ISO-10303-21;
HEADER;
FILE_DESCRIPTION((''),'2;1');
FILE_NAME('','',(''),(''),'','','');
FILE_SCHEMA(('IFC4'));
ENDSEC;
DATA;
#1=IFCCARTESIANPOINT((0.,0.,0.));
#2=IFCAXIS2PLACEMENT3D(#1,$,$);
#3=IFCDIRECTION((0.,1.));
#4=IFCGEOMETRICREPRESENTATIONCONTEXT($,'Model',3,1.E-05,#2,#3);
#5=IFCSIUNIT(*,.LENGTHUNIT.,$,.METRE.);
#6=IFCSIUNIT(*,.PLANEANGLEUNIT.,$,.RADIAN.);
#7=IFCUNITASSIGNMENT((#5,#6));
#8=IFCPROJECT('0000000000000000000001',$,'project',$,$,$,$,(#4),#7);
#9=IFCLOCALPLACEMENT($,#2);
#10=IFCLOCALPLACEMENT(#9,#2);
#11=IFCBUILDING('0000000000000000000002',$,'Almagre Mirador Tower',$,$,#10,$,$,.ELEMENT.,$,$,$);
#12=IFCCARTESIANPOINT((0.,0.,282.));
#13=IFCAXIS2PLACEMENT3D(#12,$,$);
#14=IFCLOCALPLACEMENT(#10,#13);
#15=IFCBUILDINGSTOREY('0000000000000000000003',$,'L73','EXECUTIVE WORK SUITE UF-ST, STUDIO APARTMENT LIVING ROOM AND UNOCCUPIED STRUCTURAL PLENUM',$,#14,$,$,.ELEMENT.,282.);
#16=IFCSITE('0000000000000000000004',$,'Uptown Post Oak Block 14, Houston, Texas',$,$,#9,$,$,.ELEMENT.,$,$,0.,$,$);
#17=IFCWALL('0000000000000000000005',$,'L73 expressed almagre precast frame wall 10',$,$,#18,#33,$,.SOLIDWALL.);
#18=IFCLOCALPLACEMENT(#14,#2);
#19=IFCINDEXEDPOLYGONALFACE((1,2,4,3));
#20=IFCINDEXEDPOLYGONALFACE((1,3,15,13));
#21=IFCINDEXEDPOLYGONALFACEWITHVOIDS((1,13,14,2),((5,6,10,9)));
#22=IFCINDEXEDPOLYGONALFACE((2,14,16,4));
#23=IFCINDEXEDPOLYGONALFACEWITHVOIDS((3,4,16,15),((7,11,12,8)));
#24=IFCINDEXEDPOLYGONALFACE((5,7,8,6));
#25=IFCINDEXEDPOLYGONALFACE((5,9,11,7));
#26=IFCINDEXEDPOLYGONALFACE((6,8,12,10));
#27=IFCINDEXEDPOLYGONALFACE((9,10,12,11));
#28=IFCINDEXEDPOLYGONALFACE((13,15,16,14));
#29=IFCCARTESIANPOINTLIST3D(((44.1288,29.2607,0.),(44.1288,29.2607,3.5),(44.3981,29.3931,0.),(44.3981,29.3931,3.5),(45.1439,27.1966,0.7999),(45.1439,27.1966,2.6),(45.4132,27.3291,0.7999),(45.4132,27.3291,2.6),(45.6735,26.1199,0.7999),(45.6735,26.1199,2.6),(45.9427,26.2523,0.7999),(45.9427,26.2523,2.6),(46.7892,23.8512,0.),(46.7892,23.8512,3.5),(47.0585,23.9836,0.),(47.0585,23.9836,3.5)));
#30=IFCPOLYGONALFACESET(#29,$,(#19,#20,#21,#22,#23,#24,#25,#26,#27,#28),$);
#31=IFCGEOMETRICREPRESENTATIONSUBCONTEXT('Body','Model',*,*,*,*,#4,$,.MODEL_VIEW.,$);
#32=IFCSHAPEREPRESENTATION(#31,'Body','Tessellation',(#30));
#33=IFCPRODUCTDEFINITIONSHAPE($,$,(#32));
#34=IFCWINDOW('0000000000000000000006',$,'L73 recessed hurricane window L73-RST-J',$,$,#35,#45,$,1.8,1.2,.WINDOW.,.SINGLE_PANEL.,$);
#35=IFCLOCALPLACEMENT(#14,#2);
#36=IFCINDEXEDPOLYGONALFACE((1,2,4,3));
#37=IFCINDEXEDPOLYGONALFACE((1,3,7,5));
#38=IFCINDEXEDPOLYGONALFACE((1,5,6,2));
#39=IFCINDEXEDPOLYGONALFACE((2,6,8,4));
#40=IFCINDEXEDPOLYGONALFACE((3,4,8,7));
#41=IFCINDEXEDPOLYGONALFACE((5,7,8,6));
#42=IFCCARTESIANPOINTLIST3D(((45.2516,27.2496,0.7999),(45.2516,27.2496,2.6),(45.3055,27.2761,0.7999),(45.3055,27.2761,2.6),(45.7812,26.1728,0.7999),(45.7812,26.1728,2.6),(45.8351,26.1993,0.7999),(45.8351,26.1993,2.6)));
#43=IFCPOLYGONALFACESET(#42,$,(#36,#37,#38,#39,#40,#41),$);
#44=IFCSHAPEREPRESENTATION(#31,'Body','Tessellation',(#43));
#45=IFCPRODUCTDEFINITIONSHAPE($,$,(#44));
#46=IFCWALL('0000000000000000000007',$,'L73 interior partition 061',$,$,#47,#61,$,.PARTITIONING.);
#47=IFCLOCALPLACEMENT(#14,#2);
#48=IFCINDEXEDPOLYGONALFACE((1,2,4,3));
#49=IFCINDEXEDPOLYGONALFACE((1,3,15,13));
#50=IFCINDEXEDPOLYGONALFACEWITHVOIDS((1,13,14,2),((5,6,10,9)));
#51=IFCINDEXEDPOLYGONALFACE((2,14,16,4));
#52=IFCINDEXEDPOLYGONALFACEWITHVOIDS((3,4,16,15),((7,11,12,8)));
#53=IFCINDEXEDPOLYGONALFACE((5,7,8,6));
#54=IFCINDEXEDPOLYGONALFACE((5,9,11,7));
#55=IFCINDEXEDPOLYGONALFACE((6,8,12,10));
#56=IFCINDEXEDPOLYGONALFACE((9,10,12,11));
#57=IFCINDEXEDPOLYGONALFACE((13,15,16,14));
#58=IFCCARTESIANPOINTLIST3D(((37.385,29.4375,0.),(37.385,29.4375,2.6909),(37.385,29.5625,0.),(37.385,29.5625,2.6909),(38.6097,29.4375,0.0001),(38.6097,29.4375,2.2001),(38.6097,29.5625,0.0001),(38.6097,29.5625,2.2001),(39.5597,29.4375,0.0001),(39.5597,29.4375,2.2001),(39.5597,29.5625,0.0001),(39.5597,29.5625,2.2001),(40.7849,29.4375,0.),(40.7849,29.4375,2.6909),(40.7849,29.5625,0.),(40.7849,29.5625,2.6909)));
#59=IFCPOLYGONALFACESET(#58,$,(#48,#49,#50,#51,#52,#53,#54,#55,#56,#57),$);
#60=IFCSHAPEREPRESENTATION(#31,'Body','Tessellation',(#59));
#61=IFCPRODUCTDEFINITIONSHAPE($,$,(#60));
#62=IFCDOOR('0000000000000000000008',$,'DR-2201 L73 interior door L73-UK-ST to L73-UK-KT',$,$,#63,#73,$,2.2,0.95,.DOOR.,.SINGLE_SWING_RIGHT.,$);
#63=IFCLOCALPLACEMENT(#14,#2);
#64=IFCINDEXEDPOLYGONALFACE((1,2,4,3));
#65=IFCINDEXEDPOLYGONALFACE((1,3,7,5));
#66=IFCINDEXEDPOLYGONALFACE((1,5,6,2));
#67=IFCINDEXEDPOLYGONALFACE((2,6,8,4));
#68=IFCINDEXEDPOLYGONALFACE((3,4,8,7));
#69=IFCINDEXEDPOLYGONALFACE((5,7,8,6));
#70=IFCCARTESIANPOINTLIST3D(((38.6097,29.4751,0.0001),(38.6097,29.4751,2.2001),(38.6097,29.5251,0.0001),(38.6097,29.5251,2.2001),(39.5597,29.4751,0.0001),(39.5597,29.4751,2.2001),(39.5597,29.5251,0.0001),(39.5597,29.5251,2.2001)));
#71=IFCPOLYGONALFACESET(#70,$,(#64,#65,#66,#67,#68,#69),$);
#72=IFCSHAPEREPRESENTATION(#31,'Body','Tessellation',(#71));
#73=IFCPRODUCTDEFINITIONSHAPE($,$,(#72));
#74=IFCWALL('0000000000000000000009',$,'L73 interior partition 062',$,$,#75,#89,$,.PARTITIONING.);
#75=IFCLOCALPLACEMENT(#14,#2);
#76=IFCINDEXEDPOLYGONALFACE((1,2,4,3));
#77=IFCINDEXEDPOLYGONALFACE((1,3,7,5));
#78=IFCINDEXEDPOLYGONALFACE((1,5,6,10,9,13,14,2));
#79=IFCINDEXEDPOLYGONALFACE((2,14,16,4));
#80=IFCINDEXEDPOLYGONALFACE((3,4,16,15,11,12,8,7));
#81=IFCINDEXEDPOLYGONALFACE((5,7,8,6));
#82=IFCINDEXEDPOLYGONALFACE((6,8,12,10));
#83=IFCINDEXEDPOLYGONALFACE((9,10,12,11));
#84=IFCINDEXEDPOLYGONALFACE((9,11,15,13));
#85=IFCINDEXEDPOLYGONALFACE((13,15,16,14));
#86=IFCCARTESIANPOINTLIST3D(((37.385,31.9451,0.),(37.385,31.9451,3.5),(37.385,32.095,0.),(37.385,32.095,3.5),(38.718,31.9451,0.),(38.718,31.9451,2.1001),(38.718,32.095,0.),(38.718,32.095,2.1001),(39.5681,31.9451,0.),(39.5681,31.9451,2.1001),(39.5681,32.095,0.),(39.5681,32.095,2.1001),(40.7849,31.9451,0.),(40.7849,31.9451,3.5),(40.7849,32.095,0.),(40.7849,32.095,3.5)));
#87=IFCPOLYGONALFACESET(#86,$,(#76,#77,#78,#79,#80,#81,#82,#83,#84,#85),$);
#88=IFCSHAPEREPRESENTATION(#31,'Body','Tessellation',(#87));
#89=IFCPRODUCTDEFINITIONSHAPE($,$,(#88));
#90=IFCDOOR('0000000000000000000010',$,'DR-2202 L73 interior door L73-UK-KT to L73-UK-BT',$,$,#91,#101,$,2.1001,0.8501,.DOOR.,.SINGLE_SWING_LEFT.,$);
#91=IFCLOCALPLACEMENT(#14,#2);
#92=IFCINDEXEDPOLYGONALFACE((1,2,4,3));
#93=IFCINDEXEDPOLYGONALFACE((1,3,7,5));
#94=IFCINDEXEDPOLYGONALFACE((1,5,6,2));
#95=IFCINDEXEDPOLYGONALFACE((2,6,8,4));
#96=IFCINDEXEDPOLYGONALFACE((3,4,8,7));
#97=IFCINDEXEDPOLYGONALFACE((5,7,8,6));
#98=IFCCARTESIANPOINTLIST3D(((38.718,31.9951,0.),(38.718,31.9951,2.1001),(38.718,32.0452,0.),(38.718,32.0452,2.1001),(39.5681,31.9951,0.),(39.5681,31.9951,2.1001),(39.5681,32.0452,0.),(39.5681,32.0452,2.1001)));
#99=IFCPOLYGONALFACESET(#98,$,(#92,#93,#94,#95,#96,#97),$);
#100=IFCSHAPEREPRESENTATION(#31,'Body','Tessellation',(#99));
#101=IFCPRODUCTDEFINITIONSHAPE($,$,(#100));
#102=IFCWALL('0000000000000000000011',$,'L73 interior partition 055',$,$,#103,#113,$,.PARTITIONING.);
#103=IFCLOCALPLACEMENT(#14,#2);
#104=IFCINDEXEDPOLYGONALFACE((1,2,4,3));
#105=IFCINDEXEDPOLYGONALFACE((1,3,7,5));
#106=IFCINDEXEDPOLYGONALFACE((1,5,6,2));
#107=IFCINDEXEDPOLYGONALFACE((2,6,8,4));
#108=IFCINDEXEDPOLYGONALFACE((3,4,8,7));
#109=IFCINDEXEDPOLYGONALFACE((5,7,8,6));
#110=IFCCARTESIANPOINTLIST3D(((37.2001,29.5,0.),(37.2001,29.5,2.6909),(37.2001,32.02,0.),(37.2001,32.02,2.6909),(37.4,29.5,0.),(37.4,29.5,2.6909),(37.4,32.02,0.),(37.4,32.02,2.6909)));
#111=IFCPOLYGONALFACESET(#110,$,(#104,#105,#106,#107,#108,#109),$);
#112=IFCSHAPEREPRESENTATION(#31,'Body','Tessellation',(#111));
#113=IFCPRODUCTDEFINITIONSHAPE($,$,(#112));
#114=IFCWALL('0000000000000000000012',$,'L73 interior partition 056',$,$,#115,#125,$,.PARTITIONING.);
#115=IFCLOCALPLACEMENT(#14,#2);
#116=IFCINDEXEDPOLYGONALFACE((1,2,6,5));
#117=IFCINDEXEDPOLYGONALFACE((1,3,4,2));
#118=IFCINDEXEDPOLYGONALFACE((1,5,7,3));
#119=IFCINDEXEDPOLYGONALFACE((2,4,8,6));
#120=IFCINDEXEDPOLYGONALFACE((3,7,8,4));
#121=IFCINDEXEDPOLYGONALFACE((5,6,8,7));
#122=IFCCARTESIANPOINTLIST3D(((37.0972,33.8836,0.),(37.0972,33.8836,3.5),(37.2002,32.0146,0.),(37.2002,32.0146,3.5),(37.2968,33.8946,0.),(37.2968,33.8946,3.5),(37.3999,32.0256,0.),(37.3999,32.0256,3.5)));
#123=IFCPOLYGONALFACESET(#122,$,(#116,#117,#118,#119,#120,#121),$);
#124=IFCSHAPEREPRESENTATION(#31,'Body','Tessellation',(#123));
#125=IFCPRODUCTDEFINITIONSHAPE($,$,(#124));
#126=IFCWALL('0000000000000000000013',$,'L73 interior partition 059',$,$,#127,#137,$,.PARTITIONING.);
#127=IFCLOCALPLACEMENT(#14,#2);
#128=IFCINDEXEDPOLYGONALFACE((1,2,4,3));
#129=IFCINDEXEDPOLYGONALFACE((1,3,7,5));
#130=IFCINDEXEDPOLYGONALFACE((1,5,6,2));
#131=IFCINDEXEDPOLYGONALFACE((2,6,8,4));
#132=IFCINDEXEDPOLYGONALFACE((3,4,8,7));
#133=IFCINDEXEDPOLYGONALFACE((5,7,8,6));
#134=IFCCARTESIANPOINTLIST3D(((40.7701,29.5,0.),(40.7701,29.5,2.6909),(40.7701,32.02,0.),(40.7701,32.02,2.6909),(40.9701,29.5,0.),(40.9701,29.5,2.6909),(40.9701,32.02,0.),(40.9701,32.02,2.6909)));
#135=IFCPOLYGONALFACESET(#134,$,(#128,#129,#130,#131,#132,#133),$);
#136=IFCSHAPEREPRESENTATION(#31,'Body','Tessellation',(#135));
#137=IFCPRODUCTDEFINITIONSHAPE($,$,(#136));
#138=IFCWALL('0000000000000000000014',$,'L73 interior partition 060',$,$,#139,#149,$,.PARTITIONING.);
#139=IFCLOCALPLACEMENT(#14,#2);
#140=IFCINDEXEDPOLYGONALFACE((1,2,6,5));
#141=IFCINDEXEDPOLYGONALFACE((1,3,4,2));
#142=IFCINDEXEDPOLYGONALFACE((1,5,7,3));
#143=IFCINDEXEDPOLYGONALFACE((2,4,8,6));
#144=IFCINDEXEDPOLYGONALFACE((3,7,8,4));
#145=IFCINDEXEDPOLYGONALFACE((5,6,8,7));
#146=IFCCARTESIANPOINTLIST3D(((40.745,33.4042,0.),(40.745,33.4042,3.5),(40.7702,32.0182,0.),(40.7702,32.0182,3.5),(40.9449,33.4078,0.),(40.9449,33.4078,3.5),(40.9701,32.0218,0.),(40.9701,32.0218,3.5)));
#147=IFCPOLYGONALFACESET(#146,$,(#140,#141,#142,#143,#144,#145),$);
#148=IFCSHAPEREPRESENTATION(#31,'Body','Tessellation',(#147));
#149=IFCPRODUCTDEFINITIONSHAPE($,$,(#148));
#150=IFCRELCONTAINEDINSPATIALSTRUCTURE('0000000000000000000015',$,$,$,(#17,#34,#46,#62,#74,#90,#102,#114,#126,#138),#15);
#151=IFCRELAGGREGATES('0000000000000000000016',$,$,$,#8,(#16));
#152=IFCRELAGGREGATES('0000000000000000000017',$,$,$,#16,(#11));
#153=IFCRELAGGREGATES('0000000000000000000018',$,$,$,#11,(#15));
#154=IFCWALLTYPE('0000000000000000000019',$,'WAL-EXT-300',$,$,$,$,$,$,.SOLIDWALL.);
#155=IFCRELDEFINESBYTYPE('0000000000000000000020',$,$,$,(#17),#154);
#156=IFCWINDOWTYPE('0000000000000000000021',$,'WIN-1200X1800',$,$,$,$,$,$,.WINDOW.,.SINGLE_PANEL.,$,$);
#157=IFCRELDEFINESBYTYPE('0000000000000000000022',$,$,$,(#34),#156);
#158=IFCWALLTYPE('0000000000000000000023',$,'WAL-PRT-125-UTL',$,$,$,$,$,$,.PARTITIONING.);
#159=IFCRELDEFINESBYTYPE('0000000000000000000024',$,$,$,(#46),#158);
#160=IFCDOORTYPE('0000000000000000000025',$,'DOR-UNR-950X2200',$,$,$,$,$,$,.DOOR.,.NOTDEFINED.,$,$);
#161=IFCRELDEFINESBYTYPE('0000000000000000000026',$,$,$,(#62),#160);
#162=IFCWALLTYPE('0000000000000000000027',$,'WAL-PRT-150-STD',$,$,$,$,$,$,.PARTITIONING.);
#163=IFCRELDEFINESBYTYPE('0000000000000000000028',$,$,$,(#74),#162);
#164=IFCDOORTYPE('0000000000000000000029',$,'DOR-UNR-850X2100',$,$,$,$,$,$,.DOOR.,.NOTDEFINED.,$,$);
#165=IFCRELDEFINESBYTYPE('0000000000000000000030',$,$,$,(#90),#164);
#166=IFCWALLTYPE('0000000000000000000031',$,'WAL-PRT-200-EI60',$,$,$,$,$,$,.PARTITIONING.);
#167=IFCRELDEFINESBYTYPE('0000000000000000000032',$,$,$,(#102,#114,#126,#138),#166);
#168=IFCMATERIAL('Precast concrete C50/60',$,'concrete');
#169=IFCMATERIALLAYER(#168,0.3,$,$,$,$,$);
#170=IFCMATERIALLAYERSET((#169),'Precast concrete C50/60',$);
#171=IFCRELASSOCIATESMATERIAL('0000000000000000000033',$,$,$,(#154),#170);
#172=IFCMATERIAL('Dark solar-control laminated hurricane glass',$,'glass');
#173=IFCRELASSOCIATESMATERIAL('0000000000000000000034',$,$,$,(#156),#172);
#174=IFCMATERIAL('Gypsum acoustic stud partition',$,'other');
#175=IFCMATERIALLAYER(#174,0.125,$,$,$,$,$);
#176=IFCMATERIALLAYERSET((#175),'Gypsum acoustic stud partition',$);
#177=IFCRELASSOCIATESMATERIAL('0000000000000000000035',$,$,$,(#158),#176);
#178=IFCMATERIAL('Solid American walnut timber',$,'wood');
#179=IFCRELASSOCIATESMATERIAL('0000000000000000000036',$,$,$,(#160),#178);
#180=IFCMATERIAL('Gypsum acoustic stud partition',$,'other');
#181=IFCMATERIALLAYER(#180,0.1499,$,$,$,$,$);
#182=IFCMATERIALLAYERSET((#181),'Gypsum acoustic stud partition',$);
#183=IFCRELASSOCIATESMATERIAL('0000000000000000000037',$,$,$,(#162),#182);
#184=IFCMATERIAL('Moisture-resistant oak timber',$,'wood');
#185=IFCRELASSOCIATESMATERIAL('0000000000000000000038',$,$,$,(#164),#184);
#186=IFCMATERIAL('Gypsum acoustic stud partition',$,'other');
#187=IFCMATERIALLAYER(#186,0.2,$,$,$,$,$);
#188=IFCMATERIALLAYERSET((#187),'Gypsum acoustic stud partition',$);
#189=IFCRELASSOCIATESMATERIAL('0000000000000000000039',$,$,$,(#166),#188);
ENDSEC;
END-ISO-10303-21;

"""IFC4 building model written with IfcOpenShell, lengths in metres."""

from ifc_helpers import new_model, si_unit, direction, frame, frame_2d, origin, place, context, subcontext, project, spatial, rectangle, extrude, material, layer, layer_set, type_object, element, fill, save


model = new_model("IFC4")

# Units and contexts
model_context = context("Model", 3, precision=1e-05, world=origin(), true_north=direction((0.0, 1.0)))
body_context = subcontext(model_context, "Body", "Model", "MODEL_VIEW")
ifc_project = project(units=[si_unit("LENGTHUNIT", "METRE"), si_unit("PLANEANGLEUNIT", "RADIAN")], contexts=[model_context])

# Site, building, storey
site_placement = place(None, origin())
site = spatial("IfcSite", under=ifc_project, at=site_placement, Name="Uptown Post Oak Block 14, Houston, Texas", CompositionType="ELEMENT", RefElevation=0.0)
building_placement = place(site_placement, origin())
building = spatial("IfcBuilding", under=site, at=building_placement, Name="Almagre Mirador Tower", CompositionType="ELEMENT")
storey_placement = place(building_placement, frame((0.0, 0.0, 282.0)))
storey = spatial("IfcBuildingStorey", under=building, at=storey_placement, Name="L73", Description="EXECUTIVE WORK SUITE UF-ST, STUDIO APARTMENT LIVING ROOM AND UNOCCUPIED STRUCTURAL PLENUM", CompositionType="ELEMENT", Elevation=282.0)

# Shared definitions
ifc_material_1 = material(Name="Precast concrete C50/60", Category="concrete")
ifc_layer_1 = layer(ifc_material_1, 0.3)
ifc_layer_set_1 = layer_set([ifc_layer_1], Name="Precast concrete C50/60")
wall_type_1 = type_object("IfcWallType", Name="WAL-EXT-300", PredefinedType="SOLIDWALL", material=ifc_layer_set_1)

# Shared definitions
ifc_material_2 = material(Name="Dark solar-control laminated hurricane glass", Category="glass")
window_type_1 = type_object("IfcWindowType", Name="WIN-1200X1800", PartitioningType="SINGLE_PANEL", PredefinedType="WINDOW", material=ifc_material_2)

# Wall, opening, window
wall_1_placement = place(storey_placement, frame((44.2634, 29.3269, 0.0), z_axis=(0.0, 0.0, 1.0), x_axis=(0.441323, -0.897348, 0.0)))
wall_1 = element("IfcWall", 1, at=wall_1_placement, inside=storey, type_object=wall_type_1, Name="L73 expressed almagre precast frame wall 10", PredefinedType="SOLIDWALL", context=body_context, shape_type="SweptSolid", body=[
    extrude(rectangle(XDim=6.0283, YDim=0.3, at=frame_2d((3.0142, 0.0))), origin(), (0.0, 0.0, 1.0), 3.5),
])
opening_1_placement = place(wall_1_placement, frame((2.3, 0.0, 0.8)))
opening_1 = element("IfcOpeningElement", 2, at=opening_1_placement, cuts=wall_1, PredefinedType="OPENING", context=body_context, shape_type="SweptSolid", body=[
    extrude(rectangle(XDim=1.2, YDim=1.8, at=frame_2d((0.6001, 0.8999))), frame((0.0, 0.1599, 0.0), z_axis=(0.0, -1.0, 0.0), x_axis=(1.0, 0.0, 0.0)), (0.0, 0.0, 1.0), 0.32),
])
window_1_placement = place(opening_1_placement, origin())
window_1 = element("IfcWindow", 3, at=window_1_placement, inside=storey, type_object=window_type_1, Name="L73 recessed hurricane window L73-RST-J", OverallHeight=1.8, OverallWidth=1.2, PartitioningType="SINGLE_PANEL", PredefinedType="WINDOW", context=body_context, shape_type="SweptSolid", body=[
    extrude(rectangle(XDim=1.2, YDim=1.8, at=frame_2d((0.6001, 0.8999))), frame((0.0, 0.03, 0.0), z_axis=(0.0, -1.0, 0.0), x_axis=(1.0, 0.0, 0.0)), (0.0, 0.0, 1.0), 0.0601),
])
fill(opening_1, window_1)

# Walls, openings, doors
ifc_material_3 = material(Name="Gypsum acoustic stud partition", Category="other")
ifc_layer_2 = layer(ifc_material_3, 0.125)
ifc_layer_set_2 = layer_set([ifc_layer_2], Name="Gypsum acoustic stud partition")
wall_type_2 = type_object("IfcWallType", Name="WAL-PRT-125-UTL", PredefinedType="PARTITIONING", material=ifc_layer_set_2)
wall_2_placement = place(storey_placement, frame((40.7849, 29.5, 0.0), z_axis=(0.0, 0.0, 1.0), x_axis=(-1.0, 0.0, 0.0)))
wall_2 = element("IfcWall", 4, at=wall_2_placement, inside=storey, type_object=wall_type_2, Name="L73 interior partition 061", PredefinedType="PARTITIONING", context=body_context, shape_type="SweptSolid", body=[
    extrude(rectangle(XDim=3.3999, YDim=0.125, at=frame_2d((1.7, 0.0))), origin(), (0.0, 0.0, 1.0), 2.6909),
])
opening_2_placement = place(wall_2_placement, frame((1.2251, 0.0, 0.0)))
opening_2 = element("IfcOpeningElement", 5, at=opening_2_placement, cuts=wall_2, PredefinedType="OPENING", context=body_context, shape_type="SweptSolid", body=[
    extrude(rectangle(XDim=0.95, YDim=2.2, at=frame_2d((0.4751, 1.1001))), frame((0.0, 0.0725, 0.0), z_axis=(0.0, -1.0, 0.0), x_axis=(1.0, 0.0, 0.0)), (0.0, 0.0, 1.0), 0.145),
])
ifc_material_4 = material(Name="Solid American walnut timber", Category="wood")
door_type_1 = type_object("IfcDoorType", Name="DOR-UNR-950X2200", OperationType="NOTDEFINED", PredefinedType="DOOR", material=ifc_material_4)
door_1_placement = place(opening_2_placement, origin())
door_1 = element("IfcDoor", 6, at=door_1_placement, inside=storey, type_object=door_type_1, Name="DR-2201 L73 interior door L73-UK-ST to L73-UK-KT", OperationType="SINGLE_SWING_RIGHT", OverallHeight=2.2, OverallWidth=0.95, PredefinedType="DOOR", context=body_context, shape_type="SweptSolid", body=[
    extrude(rectangle(XDim=0.95, YDim=2.2, at=frame_2d((0.4751, 1.1001))), frame((0.0, 0.0249, 0.0), z_axis=(0.0, -1.0, 0.0), x_axis=(1.0, 0.0, 0.0)), (0.0, 0.0, 1.0), 0.05),
])
fill(opening_2, door_1)
ifc_material_5 = material(Name="Gypsum acoustic stud partition", Category="other")
ifc_layer_3 = layer(ifc_material_5, 0.1499)
ifc_layer_set_3 = layer_set([ifc_layer_3], Name="Gypsum acoustic stud partition")
wall_type_3 = type_object("IfcWallType", Name="WAL-PRT-150-STD", PredefinedType="PARTITIONING", material=ifc_layer_set_3)
wall_3_placement = place(storey_placement, frame((40.7849, 32.02, 0.0), z_axis=(0.0, 0.0, 1.0), x_axis=(-1.0, 0.0, 0.0)))
wall_3 = element("IfcWall", 7, at=wall_3_placement, inside=storey, type_object=wall_type_3, Name="L73 interior partition 062", PredefinedType="PARTITIONING", context=body_context, shape_type="SweptSolid", body=[
    extrude(rectangle(XDim=3.3999, YDim=0.1499, at=frame_2d((1.7, 0.0))), origin(), (0.0, 0.0, 1.0), 3.5),
])
opening_3_placement = place(wall_3_placement, frame((1.2168, 0.0, 0.0)))
opening_3 = element("IfcOpeningElement", 8, at=opening_3_placement, cuts=wall_3, PredefinedType="OPENING", context=body_context, shape_type="SweptSolid", body=[
    extrude(rectangle(XDim=0.8501, YDim=2.1001, at=frame_2d((0.425, 1.05))), frame((0.0, 0.085, 0.0), z_axis=(0.0, -1.0, 0.0), x_axis=(1.0, 0.0, 0.0)), (0.0, 0.0, 1.0), 0.1699),
])
ifc_material_6 = material(Name="Moisture-resistant oak timber", Category="wood")
door_type_2 = type_object("IfcDoorType", Name="DOR-UNR-850X2100", OperationType="NOTDEFINED", PredefinedType="DOOR", material=ifc_material_6)
door_2_placement = place(opening_3_placement, origin())
door_2 = element("IfcDoor", 9, at=door_2_placement, inside=storey, type_object=door_type_2, Name="DR-2202 L73 interior door L73-UK-KT to L73-UK-BT", OperationType="SINGLE_SWING_LEFT", OverallHeight=2.1001, OverallWidth=0.8501, PredefinedType="DOOR", context=body_context, shape_type="SweptSolid", body=[
    extrude(rectangle(XDim=0.8501, YDim=2.1001, at=frame_2d((0.425, 1.05))), frame((0.0, 0.0249, 0.0), z_axis=(0.0, -1.0, 0.0), x_axis=(1.0, 0.0, 0.0)), (0.0, 0.0, 1.0), 0.05),
])
fill(opening_3, door_2)

# Walls
ifc_material_7 = material(Name="Gypsum acoustic stud partition", Category="other")
ifc_layer_4 = layer(ifc_material_7, 0.2)
ifc_layer_set_4 = layer_set([ifc_layer_4], Name="Gypsum acoustic stud partition")
wall_type_4 = type_object("IfcWallType", Name="WAL-PRT-200-EI60", PredefinedType="PARTITIONING", material=ifc_layer_set_4)
wall_4_placement = place(storey_placement, frame((37.3, 29.5, 0.0), z_axis=(0.0, 0.0, 1.0), x_axis=(0.0, 1.0, 0.0)))
element("IfcWall", 10, at=wall_4_placement, inside=storey, type_object=wall_type_4, Name="L73 interior partition 055", PredefinedType="PARTITIONING", context=body_context, shape_type="SweptSolid", body=[
    extrude(rectangle(XDim=2.52, YDim=0.2, at=frame_2d((1.26, 0.0))), origin(), (0.0, 0.0, 1.0), 2.6909),
])
wall_5_placement = place(storey_placement, frame((37.3, 32.02, 0.0), z_axis=(0.0, 0.0, 1.0), x_axis=(-0.055044, 0.998484, 0.0)))
element("IfcWall", 11, at=wall_5_placement, inside=storey, type_object=wall_type_4, Name="L73 interior partition 056", PredefinedType="PARTITIONING", context=body_context, shape_type="SweptSolid", body=[
    extrude(rectangle(XDim=1.8718, YDim=0.2, at=frame_2d((0.936, 0.0))), origin(), (0.0, 0.0, 1.0), 3.5),
])
wall_6_placement = place(storey_placement, frame((40.8701, 32.02, 0.0), z_axis=(0.0, 0.0, 1.0), x_axis=(0.0, -1.0, 0.0)))
element("IfcWall", 12, at=wall_6_placement, inside=storey, type_object=wall_type_4, Name="L73 interior partition 059", PredefinedType="PARTITIONING", context=body_context, shape_type="SweptSolid", body=[
    extrude(rectangle(XDim=2.52, YDim=0.2, at=frame_2d((1.26, 0.0))), origin(), (0.0, 0.0, 1.0), 2.6909),
])
wall_7_placement = place(storey_placement, frame((40.845, 33.406, 0.0), z_axis=(0.0, 0.0, 1.0), x_axis=(0.01814, -0.999835, 0.0)))
element("IfcWall", 13, at=wall_7_placement, inside=storey, type_object=wall_type_4, Name="L73 interior partition 060", PredefinedType="PARTITIONING", context=body_context, shape_type="SweptSolid", body=[
    extrude(rectangle(XDim=1.3862, YDim=0.2, at=frame_2d((0.6931, 0.0))), origin(), (0.0, 0.0, 1.0), 3.5),
])

save(model, "model.ifc")
